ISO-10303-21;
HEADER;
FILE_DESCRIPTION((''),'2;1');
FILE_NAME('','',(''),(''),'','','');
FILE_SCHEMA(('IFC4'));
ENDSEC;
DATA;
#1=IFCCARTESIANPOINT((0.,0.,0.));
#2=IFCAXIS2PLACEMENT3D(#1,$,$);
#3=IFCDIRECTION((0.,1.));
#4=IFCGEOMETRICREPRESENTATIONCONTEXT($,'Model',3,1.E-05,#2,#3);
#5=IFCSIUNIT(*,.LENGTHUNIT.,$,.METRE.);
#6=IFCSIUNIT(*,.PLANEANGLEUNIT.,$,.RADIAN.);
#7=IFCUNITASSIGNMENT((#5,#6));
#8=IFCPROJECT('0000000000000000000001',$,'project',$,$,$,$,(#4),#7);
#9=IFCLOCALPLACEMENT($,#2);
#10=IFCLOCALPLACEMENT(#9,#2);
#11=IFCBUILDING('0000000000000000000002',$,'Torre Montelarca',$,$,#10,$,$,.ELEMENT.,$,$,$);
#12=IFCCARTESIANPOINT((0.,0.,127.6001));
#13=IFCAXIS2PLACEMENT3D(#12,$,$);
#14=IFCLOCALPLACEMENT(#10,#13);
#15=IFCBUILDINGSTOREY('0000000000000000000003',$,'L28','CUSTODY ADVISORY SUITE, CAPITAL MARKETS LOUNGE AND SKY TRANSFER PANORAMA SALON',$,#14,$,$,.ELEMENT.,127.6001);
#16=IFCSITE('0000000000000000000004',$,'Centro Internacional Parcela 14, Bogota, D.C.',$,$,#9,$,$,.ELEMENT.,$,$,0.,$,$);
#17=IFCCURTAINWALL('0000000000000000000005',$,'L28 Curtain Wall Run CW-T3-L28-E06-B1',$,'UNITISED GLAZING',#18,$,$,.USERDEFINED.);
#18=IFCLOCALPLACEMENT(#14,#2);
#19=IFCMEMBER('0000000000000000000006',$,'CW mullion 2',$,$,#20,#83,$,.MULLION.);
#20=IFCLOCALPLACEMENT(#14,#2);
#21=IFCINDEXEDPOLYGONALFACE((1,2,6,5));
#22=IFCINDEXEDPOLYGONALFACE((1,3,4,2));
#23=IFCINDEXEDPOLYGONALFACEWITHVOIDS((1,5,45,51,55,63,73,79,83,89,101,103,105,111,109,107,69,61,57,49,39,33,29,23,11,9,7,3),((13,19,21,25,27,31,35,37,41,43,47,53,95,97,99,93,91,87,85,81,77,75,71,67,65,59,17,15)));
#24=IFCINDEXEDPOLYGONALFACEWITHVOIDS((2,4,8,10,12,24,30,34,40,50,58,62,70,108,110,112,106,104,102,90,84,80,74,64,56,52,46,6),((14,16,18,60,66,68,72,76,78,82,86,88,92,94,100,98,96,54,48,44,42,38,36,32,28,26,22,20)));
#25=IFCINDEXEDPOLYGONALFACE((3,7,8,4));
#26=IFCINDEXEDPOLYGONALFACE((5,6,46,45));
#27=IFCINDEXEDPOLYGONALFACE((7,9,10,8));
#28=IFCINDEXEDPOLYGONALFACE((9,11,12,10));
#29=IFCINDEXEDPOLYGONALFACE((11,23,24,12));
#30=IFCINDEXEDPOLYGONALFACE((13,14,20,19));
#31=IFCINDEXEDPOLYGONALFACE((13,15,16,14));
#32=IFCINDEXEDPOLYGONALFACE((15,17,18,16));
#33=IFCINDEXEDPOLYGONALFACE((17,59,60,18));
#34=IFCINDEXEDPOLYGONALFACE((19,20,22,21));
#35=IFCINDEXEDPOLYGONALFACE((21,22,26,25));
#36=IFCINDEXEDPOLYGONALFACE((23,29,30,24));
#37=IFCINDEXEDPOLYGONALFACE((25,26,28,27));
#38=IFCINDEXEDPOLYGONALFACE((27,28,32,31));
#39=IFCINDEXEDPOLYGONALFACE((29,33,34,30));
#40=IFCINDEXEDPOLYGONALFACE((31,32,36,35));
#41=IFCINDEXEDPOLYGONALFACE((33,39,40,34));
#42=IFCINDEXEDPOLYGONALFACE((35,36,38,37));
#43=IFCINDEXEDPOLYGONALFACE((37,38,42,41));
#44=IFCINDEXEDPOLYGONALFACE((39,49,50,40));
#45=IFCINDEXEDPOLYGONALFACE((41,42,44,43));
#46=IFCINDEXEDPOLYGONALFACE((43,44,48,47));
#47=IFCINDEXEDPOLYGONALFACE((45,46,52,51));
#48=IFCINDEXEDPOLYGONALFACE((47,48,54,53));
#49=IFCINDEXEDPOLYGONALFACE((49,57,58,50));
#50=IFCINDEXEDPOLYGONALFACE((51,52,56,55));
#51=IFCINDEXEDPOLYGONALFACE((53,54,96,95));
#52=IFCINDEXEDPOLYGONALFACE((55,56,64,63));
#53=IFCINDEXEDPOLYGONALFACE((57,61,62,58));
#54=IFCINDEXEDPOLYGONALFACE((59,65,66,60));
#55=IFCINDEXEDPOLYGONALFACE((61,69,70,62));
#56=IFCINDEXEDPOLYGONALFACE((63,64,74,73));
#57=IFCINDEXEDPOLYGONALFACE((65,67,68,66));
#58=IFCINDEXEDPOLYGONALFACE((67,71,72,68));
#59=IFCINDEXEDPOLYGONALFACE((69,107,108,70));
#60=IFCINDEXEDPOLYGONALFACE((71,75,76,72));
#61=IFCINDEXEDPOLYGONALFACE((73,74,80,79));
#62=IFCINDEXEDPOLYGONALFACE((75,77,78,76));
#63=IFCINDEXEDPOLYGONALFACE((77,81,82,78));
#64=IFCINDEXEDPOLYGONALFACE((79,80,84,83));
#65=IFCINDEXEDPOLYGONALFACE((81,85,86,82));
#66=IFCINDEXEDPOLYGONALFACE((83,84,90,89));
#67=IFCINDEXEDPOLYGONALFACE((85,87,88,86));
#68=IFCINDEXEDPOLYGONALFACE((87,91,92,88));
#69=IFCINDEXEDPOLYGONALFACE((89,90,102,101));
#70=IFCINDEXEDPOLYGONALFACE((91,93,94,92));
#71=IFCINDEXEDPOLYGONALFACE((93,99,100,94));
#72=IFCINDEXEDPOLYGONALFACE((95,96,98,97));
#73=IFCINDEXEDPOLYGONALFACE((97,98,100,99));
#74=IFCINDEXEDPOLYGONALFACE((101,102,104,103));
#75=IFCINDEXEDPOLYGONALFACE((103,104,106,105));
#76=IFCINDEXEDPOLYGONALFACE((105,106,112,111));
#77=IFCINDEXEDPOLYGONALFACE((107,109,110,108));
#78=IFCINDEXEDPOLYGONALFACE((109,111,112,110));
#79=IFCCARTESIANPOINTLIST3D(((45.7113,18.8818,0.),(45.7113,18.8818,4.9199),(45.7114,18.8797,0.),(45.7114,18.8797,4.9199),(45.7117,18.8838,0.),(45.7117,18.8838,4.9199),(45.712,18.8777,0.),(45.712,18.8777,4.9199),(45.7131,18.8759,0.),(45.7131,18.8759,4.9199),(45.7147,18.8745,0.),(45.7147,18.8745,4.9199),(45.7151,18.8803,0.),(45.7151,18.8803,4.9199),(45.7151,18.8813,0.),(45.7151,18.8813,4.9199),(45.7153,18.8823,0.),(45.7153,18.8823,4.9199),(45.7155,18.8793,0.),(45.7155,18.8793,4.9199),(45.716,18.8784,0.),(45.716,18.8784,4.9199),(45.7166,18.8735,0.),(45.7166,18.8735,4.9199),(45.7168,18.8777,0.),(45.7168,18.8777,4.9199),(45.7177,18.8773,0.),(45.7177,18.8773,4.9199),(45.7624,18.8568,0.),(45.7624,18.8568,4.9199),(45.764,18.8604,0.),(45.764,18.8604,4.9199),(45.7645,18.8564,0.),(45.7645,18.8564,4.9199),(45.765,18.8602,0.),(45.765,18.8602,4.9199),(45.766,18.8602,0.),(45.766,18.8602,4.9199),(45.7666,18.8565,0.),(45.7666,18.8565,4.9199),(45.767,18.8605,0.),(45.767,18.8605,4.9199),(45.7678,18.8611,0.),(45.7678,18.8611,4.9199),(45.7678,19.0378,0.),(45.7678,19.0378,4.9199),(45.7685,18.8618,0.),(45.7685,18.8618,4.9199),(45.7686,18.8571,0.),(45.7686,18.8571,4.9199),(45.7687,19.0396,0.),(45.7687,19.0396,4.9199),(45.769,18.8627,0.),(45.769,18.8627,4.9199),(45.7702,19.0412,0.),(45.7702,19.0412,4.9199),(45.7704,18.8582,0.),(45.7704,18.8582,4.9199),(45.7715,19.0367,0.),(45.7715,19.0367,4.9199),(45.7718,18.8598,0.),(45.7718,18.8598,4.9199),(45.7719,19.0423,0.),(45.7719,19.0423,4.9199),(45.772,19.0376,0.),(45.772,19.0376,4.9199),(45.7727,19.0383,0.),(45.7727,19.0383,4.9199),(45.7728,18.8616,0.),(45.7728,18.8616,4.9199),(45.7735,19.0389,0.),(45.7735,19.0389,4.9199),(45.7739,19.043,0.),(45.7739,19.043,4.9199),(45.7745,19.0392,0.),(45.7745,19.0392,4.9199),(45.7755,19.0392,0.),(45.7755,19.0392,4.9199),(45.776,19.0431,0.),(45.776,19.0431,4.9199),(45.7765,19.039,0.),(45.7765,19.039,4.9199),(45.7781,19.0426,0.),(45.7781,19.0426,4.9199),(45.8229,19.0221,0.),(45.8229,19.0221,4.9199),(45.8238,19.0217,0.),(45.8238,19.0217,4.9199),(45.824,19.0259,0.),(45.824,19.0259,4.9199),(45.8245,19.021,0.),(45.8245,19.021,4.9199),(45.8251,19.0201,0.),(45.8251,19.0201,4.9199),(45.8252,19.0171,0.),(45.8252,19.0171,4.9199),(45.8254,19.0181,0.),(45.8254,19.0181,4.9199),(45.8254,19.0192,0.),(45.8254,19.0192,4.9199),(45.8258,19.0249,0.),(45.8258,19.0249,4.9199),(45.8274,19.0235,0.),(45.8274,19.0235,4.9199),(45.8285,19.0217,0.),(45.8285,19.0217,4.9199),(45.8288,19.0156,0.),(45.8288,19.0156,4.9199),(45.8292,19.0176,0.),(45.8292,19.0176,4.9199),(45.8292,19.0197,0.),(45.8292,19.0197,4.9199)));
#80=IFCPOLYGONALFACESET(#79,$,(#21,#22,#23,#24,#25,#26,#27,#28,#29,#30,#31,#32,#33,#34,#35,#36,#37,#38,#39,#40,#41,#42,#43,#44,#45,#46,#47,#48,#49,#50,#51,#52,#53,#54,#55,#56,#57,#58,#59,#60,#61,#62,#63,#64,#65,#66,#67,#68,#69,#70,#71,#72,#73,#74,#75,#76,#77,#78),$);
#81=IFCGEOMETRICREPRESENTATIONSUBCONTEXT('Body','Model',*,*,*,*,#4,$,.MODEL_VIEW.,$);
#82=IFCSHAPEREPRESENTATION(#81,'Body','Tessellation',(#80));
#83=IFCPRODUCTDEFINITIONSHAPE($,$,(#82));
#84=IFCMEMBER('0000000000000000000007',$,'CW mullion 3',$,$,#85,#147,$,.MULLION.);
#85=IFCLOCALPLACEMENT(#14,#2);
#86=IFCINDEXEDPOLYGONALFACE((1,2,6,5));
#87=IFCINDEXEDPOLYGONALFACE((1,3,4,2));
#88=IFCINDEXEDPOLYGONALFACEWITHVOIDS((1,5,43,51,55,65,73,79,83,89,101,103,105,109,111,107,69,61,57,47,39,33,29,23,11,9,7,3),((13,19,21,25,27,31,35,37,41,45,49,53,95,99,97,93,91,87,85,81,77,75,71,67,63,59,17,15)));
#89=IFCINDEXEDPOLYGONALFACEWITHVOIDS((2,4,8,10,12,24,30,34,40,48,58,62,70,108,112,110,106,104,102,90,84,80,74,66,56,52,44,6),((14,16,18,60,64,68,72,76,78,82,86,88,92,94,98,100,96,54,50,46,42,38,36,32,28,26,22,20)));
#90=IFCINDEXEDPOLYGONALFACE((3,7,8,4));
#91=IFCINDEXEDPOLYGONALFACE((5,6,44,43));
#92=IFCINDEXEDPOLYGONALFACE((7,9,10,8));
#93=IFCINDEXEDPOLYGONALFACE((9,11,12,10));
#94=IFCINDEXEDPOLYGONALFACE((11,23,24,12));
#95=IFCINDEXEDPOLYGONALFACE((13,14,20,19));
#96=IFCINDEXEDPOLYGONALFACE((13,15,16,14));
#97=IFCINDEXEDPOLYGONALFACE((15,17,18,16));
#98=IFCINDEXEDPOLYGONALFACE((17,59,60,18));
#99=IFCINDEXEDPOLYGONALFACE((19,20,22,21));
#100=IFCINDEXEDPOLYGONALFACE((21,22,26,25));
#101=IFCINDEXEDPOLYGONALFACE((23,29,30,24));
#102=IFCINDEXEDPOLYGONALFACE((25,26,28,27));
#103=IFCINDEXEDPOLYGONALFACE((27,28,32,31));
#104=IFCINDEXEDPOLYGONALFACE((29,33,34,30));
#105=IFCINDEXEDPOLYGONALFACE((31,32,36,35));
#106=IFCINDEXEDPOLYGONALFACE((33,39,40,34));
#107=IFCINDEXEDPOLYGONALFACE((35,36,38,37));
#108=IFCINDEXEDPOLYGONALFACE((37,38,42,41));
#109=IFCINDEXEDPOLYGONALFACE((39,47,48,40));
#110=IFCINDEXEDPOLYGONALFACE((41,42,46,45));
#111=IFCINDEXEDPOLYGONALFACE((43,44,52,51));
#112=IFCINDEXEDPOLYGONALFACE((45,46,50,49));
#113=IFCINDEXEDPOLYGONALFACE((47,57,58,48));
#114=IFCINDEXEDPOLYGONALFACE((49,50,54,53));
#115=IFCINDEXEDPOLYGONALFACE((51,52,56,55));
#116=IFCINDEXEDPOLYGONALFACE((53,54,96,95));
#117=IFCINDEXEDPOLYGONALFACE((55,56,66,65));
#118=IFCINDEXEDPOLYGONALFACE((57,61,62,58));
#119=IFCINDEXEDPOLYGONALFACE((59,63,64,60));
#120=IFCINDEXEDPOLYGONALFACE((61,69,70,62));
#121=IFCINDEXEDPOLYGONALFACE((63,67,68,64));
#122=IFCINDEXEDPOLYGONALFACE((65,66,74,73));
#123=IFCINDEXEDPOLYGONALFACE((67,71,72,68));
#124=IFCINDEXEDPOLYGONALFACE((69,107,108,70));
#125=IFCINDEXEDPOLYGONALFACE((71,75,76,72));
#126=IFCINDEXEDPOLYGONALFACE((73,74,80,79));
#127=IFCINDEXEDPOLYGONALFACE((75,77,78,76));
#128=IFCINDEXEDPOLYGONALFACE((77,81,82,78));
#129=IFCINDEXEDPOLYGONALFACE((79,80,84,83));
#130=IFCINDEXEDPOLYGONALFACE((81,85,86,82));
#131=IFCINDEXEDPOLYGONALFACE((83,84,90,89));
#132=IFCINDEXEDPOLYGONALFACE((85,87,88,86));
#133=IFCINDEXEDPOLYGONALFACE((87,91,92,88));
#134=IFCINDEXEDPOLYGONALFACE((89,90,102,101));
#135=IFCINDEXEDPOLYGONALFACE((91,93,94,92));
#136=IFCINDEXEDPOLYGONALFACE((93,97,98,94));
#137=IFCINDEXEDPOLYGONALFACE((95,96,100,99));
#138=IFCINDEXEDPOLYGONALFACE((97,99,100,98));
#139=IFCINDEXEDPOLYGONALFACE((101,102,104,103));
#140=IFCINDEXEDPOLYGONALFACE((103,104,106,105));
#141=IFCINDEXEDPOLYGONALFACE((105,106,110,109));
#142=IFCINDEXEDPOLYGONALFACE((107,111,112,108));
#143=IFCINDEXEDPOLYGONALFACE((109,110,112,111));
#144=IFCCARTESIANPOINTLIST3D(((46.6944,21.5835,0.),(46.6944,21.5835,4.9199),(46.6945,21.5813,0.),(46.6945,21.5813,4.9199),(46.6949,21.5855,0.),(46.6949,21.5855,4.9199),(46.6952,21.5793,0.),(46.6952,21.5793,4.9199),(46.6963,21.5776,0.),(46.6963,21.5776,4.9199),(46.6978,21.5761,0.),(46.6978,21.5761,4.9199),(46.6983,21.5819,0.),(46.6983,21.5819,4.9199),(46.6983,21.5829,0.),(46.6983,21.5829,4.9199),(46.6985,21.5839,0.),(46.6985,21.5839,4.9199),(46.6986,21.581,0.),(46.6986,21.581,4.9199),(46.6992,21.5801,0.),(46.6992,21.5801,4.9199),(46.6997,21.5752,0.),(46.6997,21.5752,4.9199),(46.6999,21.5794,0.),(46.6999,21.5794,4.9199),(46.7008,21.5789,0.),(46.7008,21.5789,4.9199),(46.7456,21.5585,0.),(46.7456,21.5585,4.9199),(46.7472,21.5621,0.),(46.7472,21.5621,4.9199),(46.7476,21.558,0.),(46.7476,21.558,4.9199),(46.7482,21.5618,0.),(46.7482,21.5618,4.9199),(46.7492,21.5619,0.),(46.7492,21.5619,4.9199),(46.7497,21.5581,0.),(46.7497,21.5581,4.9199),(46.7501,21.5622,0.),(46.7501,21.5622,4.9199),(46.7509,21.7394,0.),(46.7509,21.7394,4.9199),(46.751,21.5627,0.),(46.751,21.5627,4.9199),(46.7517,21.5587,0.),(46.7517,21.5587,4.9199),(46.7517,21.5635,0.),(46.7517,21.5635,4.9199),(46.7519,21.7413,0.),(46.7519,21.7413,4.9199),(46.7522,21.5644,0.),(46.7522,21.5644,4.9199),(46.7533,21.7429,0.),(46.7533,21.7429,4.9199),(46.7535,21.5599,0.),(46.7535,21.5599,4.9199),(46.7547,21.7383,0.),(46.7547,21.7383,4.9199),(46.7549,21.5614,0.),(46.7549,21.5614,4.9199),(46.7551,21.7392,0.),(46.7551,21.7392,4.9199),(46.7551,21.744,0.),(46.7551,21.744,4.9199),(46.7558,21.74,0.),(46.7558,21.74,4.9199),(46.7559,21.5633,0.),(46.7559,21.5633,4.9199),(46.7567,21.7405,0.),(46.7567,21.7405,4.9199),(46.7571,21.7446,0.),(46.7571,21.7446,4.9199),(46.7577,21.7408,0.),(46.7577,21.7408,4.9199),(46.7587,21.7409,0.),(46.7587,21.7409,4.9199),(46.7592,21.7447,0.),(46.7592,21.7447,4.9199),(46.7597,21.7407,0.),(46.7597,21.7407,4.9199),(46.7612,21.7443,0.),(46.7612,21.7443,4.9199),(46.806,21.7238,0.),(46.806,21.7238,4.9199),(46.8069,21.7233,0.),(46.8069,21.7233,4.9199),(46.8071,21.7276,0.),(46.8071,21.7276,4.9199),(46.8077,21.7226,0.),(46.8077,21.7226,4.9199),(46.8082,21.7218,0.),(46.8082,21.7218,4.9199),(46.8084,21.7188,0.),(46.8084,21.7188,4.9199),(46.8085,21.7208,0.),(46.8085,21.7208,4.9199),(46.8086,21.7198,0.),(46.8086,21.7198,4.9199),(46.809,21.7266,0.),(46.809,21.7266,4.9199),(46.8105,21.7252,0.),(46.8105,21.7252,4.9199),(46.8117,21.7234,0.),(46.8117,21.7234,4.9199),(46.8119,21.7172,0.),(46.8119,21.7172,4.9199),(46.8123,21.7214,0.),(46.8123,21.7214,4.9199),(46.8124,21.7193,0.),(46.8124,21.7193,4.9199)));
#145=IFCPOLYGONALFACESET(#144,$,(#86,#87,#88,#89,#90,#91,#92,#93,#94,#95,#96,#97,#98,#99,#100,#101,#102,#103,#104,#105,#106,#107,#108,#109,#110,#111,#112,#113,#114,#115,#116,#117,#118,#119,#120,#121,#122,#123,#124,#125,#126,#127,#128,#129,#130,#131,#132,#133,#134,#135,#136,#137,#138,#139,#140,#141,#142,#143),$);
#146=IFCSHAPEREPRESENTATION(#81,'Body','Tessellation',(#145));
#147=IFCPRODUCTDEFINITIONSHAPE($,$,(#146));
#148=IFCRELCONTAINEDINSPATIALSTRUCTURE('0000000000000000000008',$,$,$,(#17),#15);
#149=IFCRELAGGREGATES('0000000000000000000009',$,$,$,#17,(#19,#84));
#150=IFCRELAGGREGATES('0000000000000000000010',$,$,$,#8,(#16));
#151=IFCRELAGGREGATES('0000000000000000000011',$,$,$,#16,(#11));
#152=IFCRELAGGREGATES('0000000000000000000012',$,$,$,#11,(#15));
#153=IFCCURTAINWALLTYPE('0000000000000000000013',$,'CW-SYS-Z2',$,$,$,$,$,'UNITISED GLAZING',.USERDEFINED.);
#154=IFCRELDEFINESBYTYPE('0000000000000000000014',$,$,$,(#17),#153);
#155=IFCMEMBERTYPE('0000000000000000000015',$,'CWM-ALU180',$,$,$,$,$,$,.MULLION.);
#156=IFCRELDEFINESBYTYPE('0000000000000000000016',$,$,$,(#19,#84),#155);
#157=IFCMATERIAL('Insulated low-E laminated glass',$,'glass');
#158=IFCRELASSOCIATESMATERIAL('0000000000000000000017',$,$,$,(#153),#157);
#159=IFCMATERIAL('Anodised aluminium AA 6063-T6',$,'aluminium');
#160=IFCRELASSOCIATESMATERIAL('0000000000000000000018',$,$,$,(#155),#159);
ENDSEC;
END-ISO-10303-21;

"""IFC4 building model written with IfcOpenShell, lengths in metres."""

from ifc_helpers import new_model, si_unit, direction, frame, origin, origin_2d, place, context, subcontext, project, spatial, hollow_rectangle, extrude, source, transform, mapped, material, material_profile, profile_set, type_object, element, aggregate, save


model = new_model("IFC4")

# Units and contexts
model_context = context("Model", 3, precision=1e-05, world=origin(), true_north=direction((0.0, 1.0)))
body_context = subcontext(model_context, "Body", "Model", "MODEL_VIEW")
ifc_project = project(units=[si_unit("LENGTHUNIT", "METRE"), si_unit("PLANEANGLEUNIT", "RADIAN")], contexts=[model_context])

# Site, building, storey
site_placement = place(None, origin())
site = spatial("IfcSite", under=ifc_project, at=site_placement, Name="Centro Internacional Parcela 14, Bogota, D.C.", CompositionType="ELEMENT", RefElevation=0.0)
building_placement = place(site_placement, origin())
building = spatial("IfcBuilding", under=site, at=building_placement, Name="Torre Montelarca", CompositionType="ELEMENT")
storey_placement = place(building_placement, frame((0.0, 0.0, 127.6001)))
storey = spatial("IfcBuildingStorey", under=building, at=storey_placement, Name="L28", Description="CUSTODY ADVISORY SUITE, CAPITAL MARKETS LOUNGE AND SKY TRANSFER PANORAMA SALON", CompositionType="ELEMENT", Elevation=127.6001)

# Shared definitions
ifc_material_1 = material(Name="Insulated low-E laminated glass", Category="glass")
curtain_wall_type = type_object("IfcCurtainWallType", Name="CW-SYS-Z2", ElementType="UNITISED GLAZING", PredefinedType="USERDEFINED", material=ifc_material_1)
ifc_material_2 = material(Name="Anodised aluminium AA 6063-T6", Category="aluminium")

# Shared definitions
ifc_material_profile_1 = material_profile(ifc_material_2, hollow_rectangle(XDim=0.0649, YDim=0.1799, WallThickness=0.0039, InnerFilletRadius=0.0039, OuterFilletRadius=0.0081, at=origin_2d()), Name="ALU65X180X4", Category="aluminium")
ifc_profile_set_1 = profile_set([ifc_material_profile_1], Name="Anodised aluminium AA 6063-T6")
member_type_1 = type_object("IfcMemberType", Name="CWM-ALU180", PredefinedType="MULLION", material=ifc_profile_set_1)
shared_shape_1 = source(origin(), body_context, "Body", "SweptSolid", [
    extrude(hollow_rectangle(XDim=0.0649, YDim=0.1799, WallThickness=0.0039, InnerFilletRadius=0.0039, OuterFilletRadius=0.0081, at=origin_2d()), origin(), (0.0, 0.0, 1.0), 4.9199),
])

# Curtain wall, members
curtain_wall_1_placement = place(storey_placement, origin())
curtain_wall_1 = element("IfcCurtainWall", 1, at=curtain_wall_1_placement, inside=storey, type_object=curtain_wall_type, Name="L28 Curtain Wall Run CW-T3-L28-E06-B1", ObjectType="UNITISED GLAZING", PredefinedType="USERDEFINED")
member_1_placement = place(storey_placement, frame((45.7703, 18.9497, 0.0), z_axis=(0.0, 0.0, 1.0), x_axis=(-0.939691, 0.342023, 0.0)))
member_1 = element("IfcMember", 2, at=member_1_placement, type_object=member_type_1, Name="CW mullion 2", PredefinedType="MULLION", context=body_context, shape_type="MappedRepresentation", body=[
    mapped(shared_shape_1, transform((0.0, 0.0, 0.0), scale=1.0)),
])
member_2_placement = place(storey_placement, frame((46.7534, 21.6514, 0.0), z_axis=(0.0, 0.0, 1.0), x_axis=(-0.939691, 0.342023, 0.0)))
member_2 = element("IfcMember", 3, at=member_2_placement, type_object=member_type_1, Name="CW mullion 3", PredefinedType="MULLION", context=body_context, shape_type="MappedRepresentation", body=[
    mapped(shared_shape_1, transform((0.0, 0.0, 0.0), scale=1.0)),
])

aggregate(curtain_wall_1, [member_1, member_2])

save(model, "model.ifc")
